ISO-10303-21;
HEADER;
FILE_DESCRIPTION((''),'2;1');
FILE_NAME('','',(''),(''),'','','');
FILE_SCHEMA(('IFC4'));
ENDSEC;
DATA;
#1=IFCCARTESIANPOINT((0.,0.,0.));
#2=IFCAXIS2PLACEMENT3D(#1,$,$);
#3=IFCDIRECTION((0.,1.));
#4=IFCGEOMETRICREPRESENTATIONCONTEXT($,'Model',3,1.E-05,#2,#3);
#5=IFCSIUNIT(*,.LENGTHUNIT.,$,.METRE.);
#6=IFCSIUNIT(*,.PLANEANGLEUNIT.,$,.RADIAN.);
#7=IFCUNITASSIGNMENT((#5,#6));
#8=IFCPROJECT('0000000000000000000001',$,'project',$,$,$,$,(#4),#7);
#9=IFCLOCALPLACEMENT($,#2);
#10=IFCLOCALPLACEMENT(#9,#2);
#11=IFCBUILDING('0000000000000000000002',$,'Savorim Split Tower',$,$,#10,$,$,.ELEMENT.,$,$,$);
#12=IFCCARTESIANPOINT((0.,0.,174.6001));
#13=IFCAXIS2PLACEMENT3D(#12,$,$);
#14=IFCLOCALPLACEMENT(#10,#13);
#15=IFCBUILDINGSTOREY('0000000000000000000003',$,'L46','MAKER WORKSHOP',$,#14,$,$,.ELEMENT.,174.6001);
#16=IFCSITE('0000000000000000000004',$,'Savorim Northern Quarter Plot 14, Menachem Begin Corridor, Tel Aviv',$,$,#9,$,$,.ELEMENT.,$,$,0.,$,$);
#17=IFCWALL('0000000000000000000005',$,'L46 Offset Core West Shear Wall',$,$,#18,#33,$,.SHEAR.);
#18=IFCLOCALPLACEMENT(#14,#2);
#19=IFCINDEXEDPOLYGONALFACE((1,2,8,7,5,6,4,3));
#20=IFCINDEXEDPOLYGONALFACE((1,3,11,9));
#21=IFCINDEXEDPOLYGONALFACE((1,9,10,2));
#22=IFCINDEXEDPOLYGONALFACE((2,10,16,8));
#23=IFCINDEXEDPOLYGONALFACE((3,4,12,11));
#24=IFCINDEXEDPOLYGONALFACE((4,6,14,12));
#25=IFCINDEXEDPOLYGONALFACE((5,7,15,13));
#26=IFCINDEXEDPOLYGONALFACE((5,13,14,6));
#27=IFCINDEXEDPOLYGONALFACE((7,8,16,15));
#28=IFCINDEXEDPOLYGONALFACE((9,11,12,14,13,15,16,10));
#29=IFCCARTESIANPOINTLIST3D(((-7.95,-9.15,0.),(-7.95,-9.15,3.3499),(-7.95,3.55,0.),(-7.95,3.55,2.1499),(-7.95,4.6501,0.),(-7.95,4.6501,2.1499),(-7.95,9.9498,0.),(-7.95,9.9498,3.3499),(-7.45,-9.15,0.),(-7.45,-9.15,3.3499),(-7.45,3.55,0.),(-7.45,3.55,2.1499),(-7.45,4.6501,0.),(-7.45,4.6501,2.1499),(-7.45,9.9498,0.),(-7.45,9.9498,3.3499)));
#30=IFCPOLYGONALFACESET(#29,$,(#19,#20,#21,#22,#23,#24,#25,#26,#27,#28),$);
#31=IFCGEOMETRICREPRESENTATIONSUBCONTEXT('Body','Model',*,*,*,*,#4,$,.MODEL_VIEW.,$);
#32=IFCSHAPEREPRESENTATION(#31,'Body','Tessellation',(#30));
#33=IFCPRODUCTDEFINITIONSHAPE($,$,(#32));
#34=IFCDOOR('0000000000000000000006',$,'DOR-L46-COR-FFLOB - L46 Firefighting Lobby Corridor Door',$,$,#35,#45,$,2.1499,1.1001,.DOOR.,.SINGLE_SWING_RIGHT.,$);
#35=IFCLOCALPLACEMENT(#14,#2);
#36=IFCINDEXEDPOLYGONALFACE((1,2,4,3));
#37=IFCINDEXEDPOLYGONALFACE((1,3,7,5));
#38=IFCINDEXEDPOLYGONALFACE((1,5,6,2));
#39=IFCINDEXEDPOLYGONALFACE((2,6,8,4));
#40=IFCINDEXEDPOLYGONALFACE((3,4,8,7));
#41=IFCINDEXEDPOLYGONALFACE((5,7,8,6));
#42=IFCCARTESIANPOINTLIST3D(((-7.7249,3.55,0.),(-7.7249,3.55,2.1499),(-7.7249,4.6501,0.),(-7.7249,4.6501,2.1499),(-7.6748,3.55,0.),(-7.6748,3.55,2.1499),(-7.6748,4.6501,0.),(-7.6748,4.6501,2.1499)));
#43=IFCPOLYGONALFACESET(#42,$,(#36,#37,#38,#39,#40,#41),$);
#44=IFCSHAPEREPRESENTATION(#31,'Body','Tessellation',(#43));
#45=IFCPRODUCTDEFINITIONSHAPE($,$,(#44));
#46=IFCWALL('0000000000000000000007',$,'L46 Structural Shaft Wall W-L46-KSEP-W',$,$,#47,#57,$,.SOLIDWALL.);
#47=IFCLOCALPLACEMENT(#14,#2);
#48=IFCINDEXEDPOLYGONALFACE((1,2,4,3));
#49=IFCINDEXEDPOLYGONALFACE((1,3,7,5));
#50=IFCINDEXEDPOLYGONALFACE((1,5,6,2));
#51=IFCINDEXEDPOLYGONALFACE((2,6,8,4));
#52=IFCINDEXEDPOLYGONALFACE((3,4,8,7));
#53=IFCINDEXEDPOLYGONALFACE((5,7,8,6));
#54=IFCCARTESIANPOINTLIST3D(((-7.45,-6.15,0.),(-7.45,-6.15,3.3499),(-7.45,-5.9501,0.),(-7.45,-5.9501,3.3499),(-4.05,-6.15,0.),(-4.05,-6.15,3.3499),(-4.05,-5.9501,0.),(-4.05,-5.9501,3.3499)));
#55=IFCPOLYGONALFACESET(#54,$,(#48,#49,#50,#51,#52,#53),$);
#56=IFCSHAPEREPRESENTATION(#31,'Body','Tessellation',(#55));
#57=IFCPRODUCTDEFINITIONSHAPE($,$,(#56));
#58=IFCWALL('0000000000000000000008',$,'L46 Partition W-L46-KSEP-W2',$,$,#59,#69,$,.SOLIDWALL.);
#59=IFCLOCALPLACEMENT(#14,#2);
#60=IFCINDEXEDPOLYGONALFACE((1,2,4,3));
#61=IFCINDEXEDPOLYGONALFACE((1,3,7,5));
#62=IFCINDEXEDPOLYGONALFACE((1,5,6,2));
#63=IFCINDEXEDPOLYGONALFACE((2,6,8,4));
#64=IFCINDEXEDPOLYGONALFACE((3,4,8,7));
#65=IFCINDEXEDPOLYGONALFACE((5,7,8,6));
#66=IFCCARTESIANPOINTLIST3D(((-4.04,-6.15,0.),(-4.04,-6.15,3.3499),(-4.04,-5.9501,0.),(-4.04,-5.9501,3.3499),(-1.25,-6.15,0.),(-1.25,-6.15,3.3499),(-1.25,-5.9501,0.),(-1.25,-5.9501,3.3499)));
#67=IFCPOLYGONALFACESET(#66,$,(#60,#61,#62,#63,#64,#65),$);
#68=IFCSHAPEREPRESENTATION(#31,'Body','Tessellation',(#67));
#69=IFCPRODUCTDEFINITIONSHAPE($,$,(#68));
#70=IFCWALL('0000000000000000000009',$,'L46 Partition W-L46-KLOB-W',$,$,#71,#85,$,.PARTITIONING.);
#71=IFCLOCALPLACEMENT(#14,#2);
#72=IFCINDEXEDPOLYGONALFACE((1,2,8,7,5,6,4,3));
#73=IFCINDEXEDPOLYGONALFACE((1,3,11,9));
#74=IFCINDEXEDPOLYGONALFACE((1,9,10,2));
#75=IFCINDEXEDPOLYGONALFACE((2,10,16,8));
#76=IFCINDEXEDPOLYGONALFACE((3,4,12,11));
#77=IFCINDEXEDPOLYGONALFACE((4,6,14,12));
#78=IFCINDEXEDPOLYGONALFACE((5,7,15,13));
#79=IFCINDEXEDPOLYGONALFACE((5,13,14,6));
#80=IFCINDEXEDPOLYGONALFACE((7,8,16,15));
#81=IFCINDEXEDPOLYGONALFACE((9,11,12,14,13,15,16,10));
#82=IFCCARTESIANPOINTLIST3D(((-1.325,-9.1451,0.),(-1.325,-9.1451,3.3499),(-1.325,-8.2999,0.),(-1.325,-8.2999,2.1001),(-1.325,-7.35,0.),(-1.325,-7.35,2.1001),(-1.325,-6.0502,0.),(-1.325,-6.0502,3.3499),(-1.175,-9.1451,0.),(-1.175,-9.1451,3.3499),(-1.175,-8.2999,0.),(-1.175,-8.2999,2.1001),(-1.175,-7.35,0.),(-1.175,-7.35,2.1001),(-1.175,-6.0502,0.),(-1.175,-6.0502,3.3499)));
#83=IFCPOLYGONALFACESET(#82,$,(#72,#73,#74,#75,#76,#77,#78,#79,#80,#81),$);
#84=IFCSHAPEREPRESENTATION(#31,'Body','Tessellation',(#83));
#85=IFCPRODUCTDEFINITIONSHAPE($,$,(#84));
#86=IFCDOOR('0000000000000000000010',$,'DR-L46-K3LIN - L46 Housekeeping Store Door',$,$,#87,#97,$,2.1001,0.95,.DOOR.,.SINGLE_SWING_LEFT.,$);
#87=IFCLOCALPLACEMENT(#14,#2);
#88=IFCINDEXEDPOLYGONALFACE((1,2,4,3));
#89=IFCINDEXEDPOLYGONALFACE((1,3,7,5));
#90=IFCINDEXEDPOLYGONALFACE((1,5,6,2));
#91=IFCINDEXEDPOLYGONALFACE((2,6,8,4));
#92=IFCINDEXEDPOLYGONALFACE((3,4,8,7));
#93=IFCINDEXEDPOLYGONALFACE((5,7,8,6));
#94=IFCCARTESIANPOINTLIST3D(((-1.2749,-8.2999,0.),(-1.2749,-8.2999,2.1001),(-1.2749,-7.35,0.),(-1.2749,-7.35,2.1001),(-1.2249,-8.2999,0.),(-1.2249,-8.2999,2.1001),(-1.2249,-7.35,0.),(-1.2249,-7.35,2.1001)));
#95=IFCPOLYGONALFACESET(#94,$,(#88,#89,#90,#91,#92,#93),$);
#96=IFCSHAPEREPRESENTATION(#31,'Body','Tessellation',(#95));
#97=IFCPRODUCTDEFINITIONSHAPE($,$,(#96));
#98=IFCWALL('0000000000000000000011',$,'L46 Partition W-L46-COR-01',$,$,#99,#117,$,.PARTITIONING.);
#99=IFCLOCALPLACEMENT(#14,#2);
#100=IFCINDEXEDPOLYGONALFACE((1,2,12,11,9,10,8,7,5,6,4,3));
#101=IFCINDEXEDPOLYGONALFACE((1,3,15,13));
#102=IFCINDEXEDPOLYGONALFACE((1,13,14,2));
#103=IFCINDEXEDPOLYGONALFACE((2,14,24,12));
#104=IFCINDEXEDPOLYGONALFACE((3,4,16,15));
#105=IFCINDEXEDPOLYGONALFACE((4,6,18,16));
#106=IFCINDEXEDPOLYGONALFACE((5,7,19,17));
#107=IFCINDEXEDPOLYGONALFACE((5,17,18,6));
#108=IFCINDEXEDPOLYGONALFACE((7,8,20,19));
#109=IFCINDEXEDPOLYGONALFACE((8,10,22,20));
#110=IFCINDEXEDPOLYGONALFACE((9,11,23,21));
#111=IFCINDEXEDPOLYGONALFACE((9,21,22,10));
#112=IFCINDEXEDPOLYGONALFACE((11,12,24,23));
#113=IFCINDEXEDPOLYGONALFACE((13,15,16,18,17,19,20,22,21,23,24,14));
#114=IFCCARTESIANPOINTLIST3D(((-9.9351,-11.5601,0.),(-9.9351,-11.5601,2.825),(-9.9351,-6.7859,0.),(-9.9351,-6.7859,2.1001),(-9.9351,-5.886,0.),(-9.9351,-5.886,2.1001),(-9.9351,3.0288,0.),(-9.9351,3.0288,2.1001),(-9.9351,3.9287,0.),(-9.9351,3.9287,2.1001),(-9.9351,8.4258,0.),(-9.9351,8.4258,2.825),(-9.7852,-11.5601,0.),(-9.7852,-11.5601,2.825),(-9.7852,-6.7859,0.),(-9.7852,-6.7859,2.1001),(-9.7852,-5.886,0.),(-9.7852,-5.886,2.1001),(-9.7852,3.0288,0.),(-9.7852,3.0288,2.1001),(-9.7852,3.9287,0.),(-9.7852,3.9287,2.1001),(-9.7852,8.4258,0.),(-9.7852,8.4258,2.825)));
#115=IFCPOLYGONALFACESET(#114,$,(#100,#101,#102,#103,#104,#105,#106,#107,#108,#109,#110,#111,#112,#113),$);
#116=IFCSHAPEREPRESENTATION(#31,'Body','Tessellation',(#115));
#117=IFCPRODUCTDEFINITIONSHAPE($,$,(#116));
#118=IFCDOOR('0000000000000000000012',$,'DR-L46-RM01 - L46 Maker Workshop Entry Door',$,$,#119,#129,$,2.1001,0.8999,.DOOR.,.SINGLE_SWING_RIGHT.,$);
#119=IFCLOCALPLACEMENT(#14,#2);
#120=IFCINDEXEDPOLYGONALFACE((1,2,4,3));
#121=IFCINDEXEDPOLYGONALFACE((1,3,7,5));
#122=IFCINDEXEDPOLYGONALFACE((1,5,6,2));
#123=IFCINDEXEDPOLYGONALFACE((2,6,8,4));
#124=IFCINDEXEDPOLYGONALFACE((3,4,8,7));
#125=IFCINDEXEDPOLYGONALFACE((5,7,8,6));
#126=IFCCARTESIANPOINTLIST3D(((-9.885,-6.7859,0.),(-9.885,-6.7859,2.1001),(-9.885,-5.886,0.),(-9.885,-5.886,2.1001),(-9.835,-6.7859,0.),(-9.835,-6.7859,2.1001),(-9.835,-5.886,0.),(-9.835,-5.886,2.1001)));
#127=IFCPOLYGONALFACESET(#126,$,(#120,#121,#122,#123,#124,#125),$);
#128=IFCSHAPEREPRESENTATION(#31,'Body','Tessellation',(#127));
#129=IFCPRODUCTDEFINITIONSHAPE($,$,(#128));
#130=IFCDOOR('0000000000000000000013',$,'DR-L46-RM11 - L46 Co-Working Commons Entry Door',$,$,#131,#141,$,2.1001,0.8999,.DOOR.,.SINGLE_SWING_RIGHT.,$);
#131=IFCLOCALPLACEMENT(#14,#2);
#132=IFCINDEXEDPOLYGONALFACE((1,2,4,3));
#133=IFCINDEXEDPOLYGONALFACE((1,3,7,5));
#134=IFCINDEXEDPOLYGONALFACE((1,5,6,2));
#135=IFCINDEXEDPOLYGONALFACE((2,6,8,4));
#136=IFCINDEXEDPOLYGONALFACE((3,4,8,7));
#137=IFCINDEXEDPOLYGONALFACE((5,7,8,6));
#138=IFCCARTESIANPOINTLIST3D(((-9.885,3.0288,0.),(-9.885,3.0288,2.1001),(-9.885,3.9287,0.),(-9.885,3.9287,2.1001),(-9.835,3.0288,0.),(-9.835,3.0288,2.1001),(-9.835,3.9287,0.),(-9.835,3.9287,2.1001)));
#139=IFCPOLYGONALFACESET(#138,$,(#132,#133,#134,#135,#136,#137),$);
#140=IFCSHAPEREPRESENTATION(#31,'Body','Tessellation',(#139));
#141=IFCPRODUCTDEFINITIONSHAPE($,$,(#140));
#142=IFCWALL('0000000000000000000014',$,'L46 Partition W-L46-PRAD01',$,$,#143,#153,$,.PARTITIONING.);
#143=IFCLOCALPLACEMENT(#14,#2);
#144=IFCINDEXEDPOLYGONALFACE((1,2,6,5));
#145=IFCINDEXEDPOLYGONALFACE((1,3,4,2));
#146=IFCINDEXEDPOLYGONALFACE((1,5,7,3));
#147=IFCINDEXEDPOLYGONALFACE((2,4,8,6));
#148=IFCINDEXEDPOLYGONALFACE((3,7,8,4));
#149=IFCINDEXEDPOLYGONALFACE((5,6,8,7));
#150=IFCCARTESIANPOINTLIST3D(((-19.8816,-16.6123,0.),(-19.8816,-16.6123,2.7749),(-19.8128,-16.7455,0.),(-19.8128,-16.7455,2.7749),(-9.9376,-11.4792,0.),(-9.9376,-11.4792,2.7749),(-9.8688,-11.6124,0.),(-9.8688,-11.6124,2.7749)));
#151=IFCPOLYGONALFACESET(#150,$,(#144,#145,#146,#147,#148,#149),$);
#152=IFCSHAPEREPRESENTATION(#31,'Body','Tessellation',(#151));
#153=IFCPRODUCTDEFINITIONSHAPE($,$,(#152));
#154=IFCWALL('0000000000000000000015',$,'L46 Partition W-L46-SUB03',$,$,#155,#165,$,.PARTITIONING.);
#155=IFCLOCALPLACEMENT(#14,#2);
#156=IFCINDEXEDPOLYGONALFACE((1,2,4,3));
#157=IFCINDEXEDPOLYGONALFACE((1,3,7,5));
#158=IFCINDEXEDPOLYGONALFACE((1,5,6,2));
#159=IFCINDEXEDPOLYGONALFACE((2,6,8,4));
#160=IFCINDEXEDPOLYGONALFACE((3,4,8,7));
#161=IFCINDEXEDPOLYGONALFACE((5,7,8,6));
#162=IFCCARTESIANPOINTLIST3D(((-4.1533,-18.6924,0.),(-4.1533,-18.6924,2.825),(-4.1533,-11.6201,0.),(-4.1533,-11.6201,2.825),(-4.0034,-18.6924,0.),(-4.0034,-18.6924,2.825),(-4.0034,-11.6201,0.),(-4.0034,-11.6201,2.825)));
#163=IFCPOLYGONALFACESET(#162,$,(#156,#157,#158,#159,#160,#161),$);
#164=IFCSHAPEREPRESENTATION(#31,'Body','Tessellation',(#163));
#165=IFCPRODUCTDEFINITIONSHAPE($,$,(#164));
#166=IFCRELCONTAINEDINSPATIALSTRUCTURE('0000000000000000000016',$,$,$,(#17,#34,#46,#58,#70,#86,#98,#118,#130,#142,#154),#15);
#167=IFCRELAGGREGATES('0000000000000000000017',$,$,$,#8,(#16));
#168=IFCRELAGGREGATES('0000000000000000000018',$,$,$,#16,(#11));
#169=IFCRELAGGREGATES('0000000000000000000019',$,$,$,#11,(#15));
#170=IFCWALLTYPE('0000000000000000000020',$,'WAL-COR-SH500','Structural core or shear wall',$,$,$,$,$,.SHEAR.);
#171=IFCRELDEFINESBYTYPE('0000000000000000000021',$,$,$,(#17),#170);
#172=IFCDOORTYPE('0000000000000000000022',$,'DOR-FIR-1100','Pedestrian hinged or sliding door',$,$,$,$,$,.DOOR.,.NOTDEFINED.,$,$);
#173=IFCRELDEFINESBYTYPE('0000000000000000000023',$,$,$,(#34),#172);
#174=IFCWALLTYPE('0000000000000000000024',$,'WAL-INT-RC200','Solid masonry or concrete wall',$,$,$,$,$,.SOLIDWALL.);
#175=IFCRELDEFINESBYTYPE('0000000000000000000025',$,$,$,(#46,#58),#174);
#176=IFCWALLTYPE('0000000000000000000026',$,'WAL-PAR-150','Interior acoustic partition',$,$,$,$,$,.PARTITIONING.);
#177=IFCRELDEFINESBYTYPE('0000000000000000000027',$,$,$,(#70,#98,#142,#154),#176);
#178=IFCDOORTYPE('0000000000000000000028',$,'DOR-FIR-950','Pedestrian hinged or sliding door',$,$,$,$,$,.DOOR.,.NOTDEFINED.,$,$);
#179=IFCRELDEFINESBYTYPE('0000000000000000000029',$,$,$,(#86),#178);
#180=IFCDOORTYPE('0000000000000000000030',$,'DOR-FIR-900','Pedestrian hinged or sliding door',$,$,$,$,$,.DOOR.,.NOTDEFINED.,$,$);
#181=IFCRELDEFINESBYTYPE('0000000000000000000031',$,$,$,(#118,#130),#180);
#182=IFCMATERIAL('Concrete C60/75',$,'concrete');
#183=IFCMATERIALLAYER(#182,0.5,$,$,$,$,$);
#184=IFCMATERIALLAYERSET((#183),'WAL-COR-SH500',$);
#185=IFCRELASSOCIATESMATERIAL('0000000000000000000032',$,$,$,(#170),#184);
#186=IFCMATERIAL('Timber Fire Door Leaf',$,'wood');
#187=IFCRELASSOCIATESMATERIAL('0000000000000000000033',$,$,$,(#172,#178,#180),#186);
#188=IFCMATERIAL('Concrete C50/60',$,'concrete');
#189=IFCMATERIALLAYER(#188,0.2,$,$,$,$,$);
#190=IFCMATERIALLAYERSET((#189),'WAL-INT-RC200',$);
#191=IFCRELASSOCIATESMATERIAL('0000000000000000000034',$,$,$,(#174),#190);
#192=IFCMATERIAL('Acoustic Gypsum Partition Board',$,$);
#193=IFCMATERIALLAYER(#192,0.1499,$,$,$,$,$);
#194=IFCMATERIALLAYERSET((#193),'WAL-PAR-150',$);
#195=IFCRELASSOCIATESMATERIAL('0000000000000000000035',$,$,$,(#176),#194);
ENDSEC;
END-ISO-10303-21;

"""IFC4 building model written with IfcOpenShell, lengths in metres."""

from ifc_helpers import new_model, si_unit, direction, frame, frame_2d, origin, place, context, subcontext, project, spatial, rectangle, extrude, material, layer, layer_set, type_object, element, fill, save


model = new_model("IFC4")

# Units and contexts
model_context = context("Model", 3, precision=1e-05, world=origin(), true_north=direction((0.0, 1.0)))
body_context = subcontext(model_context, "Body", "Model", "MODEL_VIEW")
ifc_project = project(units=[si_unit("LENGTHUNIT", "METRE"), si_unit("PLANEANGLEUNIT", "RADIAN")], contexts=[model_context])

# Site, building, storey
site_placement = place(None, origin())
site = spatial("IfcSite", under=ifc_project, at=site_placement, Name="Savorim Northern Quarter Plot 14, Menachem Begin Corridor, Tel Aviv", CompositionType="ELEMENT", RefElevation=0.0)
building_placement = place(site_placement, origin())
building = spatial("IfcBuilding", under=site, at=building_placement, Name="Savorim Split Tower", CompositionType="ELEMENT")
storey_placement = place(building_placement, frame((0.0, 0.0, 174.6001)))
storey = spatial("IfcBuildingStorey", under=building, at=storey_placement, Name="L46", Description="MAKER WORKSHOP", CompositionType="ELEMENT", Elevation=174.6001)

# Wall, opening, door
ifc_material_1 = material(Name="Concrete C60/75", Category="concrete")
ifc_layer_1 = layer(ifc_material_1, 0.5)
ifc_layer_set_1 = layer_set([ifc_layer_1], Name="WAL-COR-SH500")
wall_type_1 = type_object("IfcWallType", Name="WAL-COR-SH500", Description="Structural core or shear wall", PredefinedType="SHEAR", material=ifc_layer_set_1)
ifc_material_2 = material(Name="Timber Fire Door Leaf", Category="wood")
wall_1_placement = place(storey_placement, frame((-7.7, -9.1499, 0.0), z_axis=(0.0, 0.0, 1.0), x_axis=(0.0, 1.0, 0.0)))
wall_1 = element("IfcWall", 1, at=wall_1_placement, inside=storey, type_object=wall_type_1, Name="L46 Offset Core West Shear Wall", PredefinedType="SHEAR", context=body_context, shape_type="SweptSolid", body=[
    extrude(rectangle(XDim=19.0999, YDim=0.5, at=frame_2d((9.5498, 0.0))), origin(), (0.0, 0.0, 1.0), 3.3499),
])
opening_1_placement = place(wall_1_placement, frame((12.7, 0.0, 0.0)))
opening_1 = element("IfcOpeningElement", 2, at=opening_1_placement, cuts=wall_1, PredefinedType="OPENING", context=body_context, shape_type="SweptSolid", body=[
    extrude(rectangle(XDim=1.1001, YDim=2.1499, at=frame_2d((0.55, 1.075))), frame((0.0, 0.26, 0.0), z_axis=(0.0, -1.0, 0.0), x_axis=(1.0, 0.0, 0.0)), (0.0, 0.0, 1.0), 0.52),
])
door_type_1 = type_object("IfcDoorType", Name="DOR-FIR-1100", Description="Pedestrian hinged or sliding door", OperationType="NOTDEFINED", PredefinedType="DOOR", material=ifc_material_2)
door_1_placement = place(opening_1_placement, origin())
door_1 = element("IfcDoor", 3, at=door_1_placement, inside=storey, type_object=door_type_1, Name="DOR-L46-COR-FFLOB - L46 Firefighting Lobby Corridor Door", OperationType="SINGLE_SWING_RIGHT", OverallHeight=2.1499, OverallWidth=1.1001, PredefinedType="DOOR", context=body_context, shape_type="SweptSolid", body=[
    extrude(rectangle(XDim=1.1001, YDim=2.1499, at=frame_2d((0.55, 1.075))), frame((0.0, 0.0249, 0.0), z_axis=(0.0, -1.0, 0.0), x_axis=(1.0, 0.0, 0.0)), (0.0, 0.0, 1.0), 0.05),
])
fill(opening_1, door_1)

# Shared definitions
ifc_material_3 = material(Name="Concrete C50/60", Category="concrete")
ifc_layer_2 = layer(ifc_material_3, 0.2)
ifc_layer_set_2 = layer_set([ifc_layer_2], Name="WAL-INT-RC200")
wall_type_2 = type_object("IfcWallType", Name="WAL-INT-RC200", Description="Solid masonry or concrete wall", PredefinedType="SOLIDWALL", material=ifc_layer_set_2)

# Walls
wall_2_placement = place(storey_placement, frame((-7.45, -6.05, 0.0), z_axis=(0.0, 0.0, 1.0), x_axis=(1.0, 0.0, 0.0)))
element("IfcWall", 4, at=wall_2_placement, inside=storey, type_object=wall_type_2, Name="L46 Structural Shaft Wall W-L46-KSEP-W", PredefinedType="SOLIDWALL", context=body_context, shape_type="SweptSolid", body=[
    extrude(rectangle(XDim=3.3999, YDim=0.2, at=frame_2d((1.7, 0.0))), origin(), (0.0, 0.0, 1.0), 3.3499),
])
wall_3_placement = place(storey_placement, frame((-4.04, -6.05, 0.0), z_axis=(0.0, 0.0, 1.0), x_axis=(1.0, 0.0, 0.0)))
element("IfcWall", 5, at=wall_3_placement, inside=storey, type_object=wall_type_2, Name="L46 Partition W-L46-KSEP-W2", PredefinedType="SOLIDWALL", context=body_context, shape_type="SweptSolid", body=[
    extrude(rectangle(XDim=2.79, YDim=0.2, at=frame_2d((1.395, 0.0))), origin(), (0.0, 0.0, 1.0), 3.3499),
])

# Wall, opening, door
ifc_material_4 = material(Name="Acoustic Gypsum Partition Board")
ifc_layer_3 = layer(ifc_material_4, 0.1499)
ifc_layer_set_3 = layer_set([ifc_layer_3], Name="WAL-PAR-150")
wall_type_3 = type_object("IfcWallType", Name="WAL-PAR-150", Description="Interior acoustic partition", PredefinedType="PARTITIONING", material=ifc_layer_set_3)
wall_4_placement = place(storey_placement, frame((-1.25, -9.145, 0.0), z_axis=(0.0, 0.0, 1.0), x_axis=(0.0, 1.0, 0.0)))
wall_4 = element("IfcWall", 6, at=wall_4_placement, inside=storey, type_object=wall_type_3, Name="L46 Partition W-L46-KLOB-W", PredefinedType="PARTITIONING", context=body_context, shape_type="SweptSolid", body=[
    extrude(rectangle(XDim=3.095, YDim=0.1499, at=frame_2d((1.5474, 0.0))), origin(), (0.0, 0.0, 1.0), 3.3499),
])
opening_2_placement = place(wall_4_placement, frame((0.845, 0.0, 0.0)))
opening_2 = element("IfcOpeningElement", 7, at=opening_2_placement, cuts=wall_4, PredefinedType="OPENING", context=body_context, shape_type="SweptSolid", body=[
    extrude(rectangle(XDim=0.95, YDim=2.1001, at=frame_2d((0.4751, 1.05))), frame((0.0, 0.085, 0.0), z_axis=(0.0, -1.0, 0.0), x_axis=(1.0, 0.0, 0.0)), (0.0, 0.0, 1.0), 0.1699),
])
door_type_2 = type_object("IfcDoorType", Name="DOR-FIR-950", Description="Pedestrian hinged or sliding door", OperationType="NOTDEFINED", PredefinedType="DOOR", material=ifc_material_2)
door_2_placement = place(opening_2_placement, origin())
door_2 = element("IfcDoor", 8, at=door_2_placement, inside=storey, type_object=door_type_2, Name="DR-L46-K3LIN - L46 Housekeeping Store Door", OperationType="SINGLE_SWING_LEFT", OverallHeight=2.1001, OverallWidth=0.95, PredefinedType="DOOR", context=body_context, shape_type="SweptSolid", body=[
    extrude(rectangle(XDim=0.95, YDim=2.1001, at=frame_2d((0.4751, 1.05))), frame((0.0, 0.0249, 0.0), z_axis=(0.0, -1.0, 0.0), x_axis=(1.0, 0.0, 0.0)), (0.0, 0.0, 1.0), 0.05),
])
fill(opening_2, door_2)

# Wall, openings, doors
wall_5_placement = place(storey_placement, frame((-9.8601, -11.5601, 0.0), z_axis=(0.0, 0.0, 1.0), x_axis=(0.0, 1.0, 0.0)))
wall_5 = element("IfcWall", 9, at=wall_5_placement, inside=storey, type_object=wall_type_3, Name="L46 Partition W-L46-COR-01", PredefinedType="PARTITIONING", context=body_context, shape_type="SweptSolid", body=[
    extrude(rectangle(XDim=19.9858, YDim=0.1499, at=frame_2d((9.9929, 0.0))), origin(), (0.0, 0.0, 1.0), 2.825),
])
opening_3_placement = place(wall_5_placement, frame((4.7742, 0.0, 0.0)))
opening_3 = element("IfcOpeningElement", 10, at=opening_3_placement, cuts=wall_5, PredefinedType="OPENING", context=body_context, shape_type="SweptSolid", body=[
    extrude(rectangle(XDim=0.8999, YDim=2.1001, at=frame_2d((0.45, 1.05))), frame((0.0, 0.085, 0.0), z_axis=(0.0, -1.0, 0.0), x_axis=(1.0, 0.0, 0.0)), (0.0, 0.0, 1.0), 0.1699),
])
opening_4_placement = place(wall_5_placement, frame((14.5889, 0.0, 0.0)))
opening_4 = element("IfcOpeningElement", 11, at=opening_4_placement, cuts=wall_5, PredefinedType="OPENING", context=body_context, shape_type="SweptSolid", body=[
    extrude(rectangle(XDim=0.8999, YDim=2.1001, at=frame_2d((0.45, 1.05))), frame((0.0, 0.085, 0.0), z_axis=(0.0, -1.0, 0.0), x_axis=(1.0, 0.0, 0.0)), (0.0, 0.0, 1.0), 0.1699),
])
door_type_3 = type_object("IfcDoorType", Name="DOR-FIR-900", Description="Pedestrian hinged or sliding door", OperationType="NOTDEFINED", PredefinedType="DOOR", material=ifc_material_2)
door_3_placement = place(opening_3_placement, origin())
door_3 = element("IfcDoor", 12, at=door_3_placement, inside=storey, type_object=door_type_3, Name="DR-L46-RM01 - L46 Maker Workshop Entry Door", OperationType="SINGLE_SWING_RIGHT", OverallHeight=2.1001, OverallWidth=0.8999, PredefinedType="DOOR", context=body_context, shape_type="SweptSolid", body=[
    extrude(rectangle(XDim=0.8999, YDim=2.1001, at=frame_2d((0.45, 1.05))), frame((0.0, 0.0249, 0.0), z_axis=(0.0, -1.0, 0.0), x_axis=(1.0, 0.0, 0.0)), (0.0, 0.0, 1.0), 0.05),
])
fill(opening_3, door_3)
door_4_placement = place(opening_4_placement, origin())
door_4 = element("IfcDoor", 13, at=door_4_placement, inside=storey, type_object=door_type_3, Name="DR-L46-RM11 - L46 Co-Working Commons Entry Door", OperationType="SINGLE_SWING_RIGHT", OverallHeight=2.1001, OverallWidth=0.8999, PredefinedType="DOOR", context=body_context, shape_type="SweptSolid", body=[
    extrude(rectangle(XDim=0.8999, YDim=2.1001, at=frame_2d((0.45, 1.05))), frame((0.0, 0.0249, 0.0), z_axis=(0.0, -1.0, 0.0), x_axis=(1.0, 0.0, 0.0)), (0.0, 0.0, 1.0), 0.05),
])
fill(opening_4, door_4)

# Walls
wall_6_placement = place(storey_placement, frame((-9.9033, -11.5459, 0.0), z_axis=(0.0, 0.0, 1.0), x_axis=(-0.888598, -0.458687, 0.0)))
element("IfcWall", 14, at=wall_6_placement, inside=storey, type_object=wall_type_3, Name="L46 Partition W-L46-PRAD01", PredefinedType="PARTITIONING", context=body_context, shape_type="SweptSolid", body=[
    extrude(rectangle(XDim=11.1907, YDim=0.1499, at=frame_2d((5.5952, 0.0))), origin(), (0.0, 0.0, 1.0), 2.7749),
])
wall_7_placement = place(storey_placement, frame((-4.0784, -11.6201, 0.0), z_axis=(0.0, 0.0, 1.0), x_axis=(0.0, -1.0, 0.0)))
element("IfcWall", 15, at=wall_7_placement, inside=storey, type_object=wall_type_3, Name="L46 Partition W-L46-SUB03", PredefinedType="PARTITIONING", context=body_context, shape_type="SweptSolid", body=[
    extrude(rectangle(XDim=7.0723, YDim=0.1499, at=frame_2d((3.5361, 0.0))), origin(), (0.0, 0.0, 1.0), 2.825),
])

save(model, "model.ifc")
